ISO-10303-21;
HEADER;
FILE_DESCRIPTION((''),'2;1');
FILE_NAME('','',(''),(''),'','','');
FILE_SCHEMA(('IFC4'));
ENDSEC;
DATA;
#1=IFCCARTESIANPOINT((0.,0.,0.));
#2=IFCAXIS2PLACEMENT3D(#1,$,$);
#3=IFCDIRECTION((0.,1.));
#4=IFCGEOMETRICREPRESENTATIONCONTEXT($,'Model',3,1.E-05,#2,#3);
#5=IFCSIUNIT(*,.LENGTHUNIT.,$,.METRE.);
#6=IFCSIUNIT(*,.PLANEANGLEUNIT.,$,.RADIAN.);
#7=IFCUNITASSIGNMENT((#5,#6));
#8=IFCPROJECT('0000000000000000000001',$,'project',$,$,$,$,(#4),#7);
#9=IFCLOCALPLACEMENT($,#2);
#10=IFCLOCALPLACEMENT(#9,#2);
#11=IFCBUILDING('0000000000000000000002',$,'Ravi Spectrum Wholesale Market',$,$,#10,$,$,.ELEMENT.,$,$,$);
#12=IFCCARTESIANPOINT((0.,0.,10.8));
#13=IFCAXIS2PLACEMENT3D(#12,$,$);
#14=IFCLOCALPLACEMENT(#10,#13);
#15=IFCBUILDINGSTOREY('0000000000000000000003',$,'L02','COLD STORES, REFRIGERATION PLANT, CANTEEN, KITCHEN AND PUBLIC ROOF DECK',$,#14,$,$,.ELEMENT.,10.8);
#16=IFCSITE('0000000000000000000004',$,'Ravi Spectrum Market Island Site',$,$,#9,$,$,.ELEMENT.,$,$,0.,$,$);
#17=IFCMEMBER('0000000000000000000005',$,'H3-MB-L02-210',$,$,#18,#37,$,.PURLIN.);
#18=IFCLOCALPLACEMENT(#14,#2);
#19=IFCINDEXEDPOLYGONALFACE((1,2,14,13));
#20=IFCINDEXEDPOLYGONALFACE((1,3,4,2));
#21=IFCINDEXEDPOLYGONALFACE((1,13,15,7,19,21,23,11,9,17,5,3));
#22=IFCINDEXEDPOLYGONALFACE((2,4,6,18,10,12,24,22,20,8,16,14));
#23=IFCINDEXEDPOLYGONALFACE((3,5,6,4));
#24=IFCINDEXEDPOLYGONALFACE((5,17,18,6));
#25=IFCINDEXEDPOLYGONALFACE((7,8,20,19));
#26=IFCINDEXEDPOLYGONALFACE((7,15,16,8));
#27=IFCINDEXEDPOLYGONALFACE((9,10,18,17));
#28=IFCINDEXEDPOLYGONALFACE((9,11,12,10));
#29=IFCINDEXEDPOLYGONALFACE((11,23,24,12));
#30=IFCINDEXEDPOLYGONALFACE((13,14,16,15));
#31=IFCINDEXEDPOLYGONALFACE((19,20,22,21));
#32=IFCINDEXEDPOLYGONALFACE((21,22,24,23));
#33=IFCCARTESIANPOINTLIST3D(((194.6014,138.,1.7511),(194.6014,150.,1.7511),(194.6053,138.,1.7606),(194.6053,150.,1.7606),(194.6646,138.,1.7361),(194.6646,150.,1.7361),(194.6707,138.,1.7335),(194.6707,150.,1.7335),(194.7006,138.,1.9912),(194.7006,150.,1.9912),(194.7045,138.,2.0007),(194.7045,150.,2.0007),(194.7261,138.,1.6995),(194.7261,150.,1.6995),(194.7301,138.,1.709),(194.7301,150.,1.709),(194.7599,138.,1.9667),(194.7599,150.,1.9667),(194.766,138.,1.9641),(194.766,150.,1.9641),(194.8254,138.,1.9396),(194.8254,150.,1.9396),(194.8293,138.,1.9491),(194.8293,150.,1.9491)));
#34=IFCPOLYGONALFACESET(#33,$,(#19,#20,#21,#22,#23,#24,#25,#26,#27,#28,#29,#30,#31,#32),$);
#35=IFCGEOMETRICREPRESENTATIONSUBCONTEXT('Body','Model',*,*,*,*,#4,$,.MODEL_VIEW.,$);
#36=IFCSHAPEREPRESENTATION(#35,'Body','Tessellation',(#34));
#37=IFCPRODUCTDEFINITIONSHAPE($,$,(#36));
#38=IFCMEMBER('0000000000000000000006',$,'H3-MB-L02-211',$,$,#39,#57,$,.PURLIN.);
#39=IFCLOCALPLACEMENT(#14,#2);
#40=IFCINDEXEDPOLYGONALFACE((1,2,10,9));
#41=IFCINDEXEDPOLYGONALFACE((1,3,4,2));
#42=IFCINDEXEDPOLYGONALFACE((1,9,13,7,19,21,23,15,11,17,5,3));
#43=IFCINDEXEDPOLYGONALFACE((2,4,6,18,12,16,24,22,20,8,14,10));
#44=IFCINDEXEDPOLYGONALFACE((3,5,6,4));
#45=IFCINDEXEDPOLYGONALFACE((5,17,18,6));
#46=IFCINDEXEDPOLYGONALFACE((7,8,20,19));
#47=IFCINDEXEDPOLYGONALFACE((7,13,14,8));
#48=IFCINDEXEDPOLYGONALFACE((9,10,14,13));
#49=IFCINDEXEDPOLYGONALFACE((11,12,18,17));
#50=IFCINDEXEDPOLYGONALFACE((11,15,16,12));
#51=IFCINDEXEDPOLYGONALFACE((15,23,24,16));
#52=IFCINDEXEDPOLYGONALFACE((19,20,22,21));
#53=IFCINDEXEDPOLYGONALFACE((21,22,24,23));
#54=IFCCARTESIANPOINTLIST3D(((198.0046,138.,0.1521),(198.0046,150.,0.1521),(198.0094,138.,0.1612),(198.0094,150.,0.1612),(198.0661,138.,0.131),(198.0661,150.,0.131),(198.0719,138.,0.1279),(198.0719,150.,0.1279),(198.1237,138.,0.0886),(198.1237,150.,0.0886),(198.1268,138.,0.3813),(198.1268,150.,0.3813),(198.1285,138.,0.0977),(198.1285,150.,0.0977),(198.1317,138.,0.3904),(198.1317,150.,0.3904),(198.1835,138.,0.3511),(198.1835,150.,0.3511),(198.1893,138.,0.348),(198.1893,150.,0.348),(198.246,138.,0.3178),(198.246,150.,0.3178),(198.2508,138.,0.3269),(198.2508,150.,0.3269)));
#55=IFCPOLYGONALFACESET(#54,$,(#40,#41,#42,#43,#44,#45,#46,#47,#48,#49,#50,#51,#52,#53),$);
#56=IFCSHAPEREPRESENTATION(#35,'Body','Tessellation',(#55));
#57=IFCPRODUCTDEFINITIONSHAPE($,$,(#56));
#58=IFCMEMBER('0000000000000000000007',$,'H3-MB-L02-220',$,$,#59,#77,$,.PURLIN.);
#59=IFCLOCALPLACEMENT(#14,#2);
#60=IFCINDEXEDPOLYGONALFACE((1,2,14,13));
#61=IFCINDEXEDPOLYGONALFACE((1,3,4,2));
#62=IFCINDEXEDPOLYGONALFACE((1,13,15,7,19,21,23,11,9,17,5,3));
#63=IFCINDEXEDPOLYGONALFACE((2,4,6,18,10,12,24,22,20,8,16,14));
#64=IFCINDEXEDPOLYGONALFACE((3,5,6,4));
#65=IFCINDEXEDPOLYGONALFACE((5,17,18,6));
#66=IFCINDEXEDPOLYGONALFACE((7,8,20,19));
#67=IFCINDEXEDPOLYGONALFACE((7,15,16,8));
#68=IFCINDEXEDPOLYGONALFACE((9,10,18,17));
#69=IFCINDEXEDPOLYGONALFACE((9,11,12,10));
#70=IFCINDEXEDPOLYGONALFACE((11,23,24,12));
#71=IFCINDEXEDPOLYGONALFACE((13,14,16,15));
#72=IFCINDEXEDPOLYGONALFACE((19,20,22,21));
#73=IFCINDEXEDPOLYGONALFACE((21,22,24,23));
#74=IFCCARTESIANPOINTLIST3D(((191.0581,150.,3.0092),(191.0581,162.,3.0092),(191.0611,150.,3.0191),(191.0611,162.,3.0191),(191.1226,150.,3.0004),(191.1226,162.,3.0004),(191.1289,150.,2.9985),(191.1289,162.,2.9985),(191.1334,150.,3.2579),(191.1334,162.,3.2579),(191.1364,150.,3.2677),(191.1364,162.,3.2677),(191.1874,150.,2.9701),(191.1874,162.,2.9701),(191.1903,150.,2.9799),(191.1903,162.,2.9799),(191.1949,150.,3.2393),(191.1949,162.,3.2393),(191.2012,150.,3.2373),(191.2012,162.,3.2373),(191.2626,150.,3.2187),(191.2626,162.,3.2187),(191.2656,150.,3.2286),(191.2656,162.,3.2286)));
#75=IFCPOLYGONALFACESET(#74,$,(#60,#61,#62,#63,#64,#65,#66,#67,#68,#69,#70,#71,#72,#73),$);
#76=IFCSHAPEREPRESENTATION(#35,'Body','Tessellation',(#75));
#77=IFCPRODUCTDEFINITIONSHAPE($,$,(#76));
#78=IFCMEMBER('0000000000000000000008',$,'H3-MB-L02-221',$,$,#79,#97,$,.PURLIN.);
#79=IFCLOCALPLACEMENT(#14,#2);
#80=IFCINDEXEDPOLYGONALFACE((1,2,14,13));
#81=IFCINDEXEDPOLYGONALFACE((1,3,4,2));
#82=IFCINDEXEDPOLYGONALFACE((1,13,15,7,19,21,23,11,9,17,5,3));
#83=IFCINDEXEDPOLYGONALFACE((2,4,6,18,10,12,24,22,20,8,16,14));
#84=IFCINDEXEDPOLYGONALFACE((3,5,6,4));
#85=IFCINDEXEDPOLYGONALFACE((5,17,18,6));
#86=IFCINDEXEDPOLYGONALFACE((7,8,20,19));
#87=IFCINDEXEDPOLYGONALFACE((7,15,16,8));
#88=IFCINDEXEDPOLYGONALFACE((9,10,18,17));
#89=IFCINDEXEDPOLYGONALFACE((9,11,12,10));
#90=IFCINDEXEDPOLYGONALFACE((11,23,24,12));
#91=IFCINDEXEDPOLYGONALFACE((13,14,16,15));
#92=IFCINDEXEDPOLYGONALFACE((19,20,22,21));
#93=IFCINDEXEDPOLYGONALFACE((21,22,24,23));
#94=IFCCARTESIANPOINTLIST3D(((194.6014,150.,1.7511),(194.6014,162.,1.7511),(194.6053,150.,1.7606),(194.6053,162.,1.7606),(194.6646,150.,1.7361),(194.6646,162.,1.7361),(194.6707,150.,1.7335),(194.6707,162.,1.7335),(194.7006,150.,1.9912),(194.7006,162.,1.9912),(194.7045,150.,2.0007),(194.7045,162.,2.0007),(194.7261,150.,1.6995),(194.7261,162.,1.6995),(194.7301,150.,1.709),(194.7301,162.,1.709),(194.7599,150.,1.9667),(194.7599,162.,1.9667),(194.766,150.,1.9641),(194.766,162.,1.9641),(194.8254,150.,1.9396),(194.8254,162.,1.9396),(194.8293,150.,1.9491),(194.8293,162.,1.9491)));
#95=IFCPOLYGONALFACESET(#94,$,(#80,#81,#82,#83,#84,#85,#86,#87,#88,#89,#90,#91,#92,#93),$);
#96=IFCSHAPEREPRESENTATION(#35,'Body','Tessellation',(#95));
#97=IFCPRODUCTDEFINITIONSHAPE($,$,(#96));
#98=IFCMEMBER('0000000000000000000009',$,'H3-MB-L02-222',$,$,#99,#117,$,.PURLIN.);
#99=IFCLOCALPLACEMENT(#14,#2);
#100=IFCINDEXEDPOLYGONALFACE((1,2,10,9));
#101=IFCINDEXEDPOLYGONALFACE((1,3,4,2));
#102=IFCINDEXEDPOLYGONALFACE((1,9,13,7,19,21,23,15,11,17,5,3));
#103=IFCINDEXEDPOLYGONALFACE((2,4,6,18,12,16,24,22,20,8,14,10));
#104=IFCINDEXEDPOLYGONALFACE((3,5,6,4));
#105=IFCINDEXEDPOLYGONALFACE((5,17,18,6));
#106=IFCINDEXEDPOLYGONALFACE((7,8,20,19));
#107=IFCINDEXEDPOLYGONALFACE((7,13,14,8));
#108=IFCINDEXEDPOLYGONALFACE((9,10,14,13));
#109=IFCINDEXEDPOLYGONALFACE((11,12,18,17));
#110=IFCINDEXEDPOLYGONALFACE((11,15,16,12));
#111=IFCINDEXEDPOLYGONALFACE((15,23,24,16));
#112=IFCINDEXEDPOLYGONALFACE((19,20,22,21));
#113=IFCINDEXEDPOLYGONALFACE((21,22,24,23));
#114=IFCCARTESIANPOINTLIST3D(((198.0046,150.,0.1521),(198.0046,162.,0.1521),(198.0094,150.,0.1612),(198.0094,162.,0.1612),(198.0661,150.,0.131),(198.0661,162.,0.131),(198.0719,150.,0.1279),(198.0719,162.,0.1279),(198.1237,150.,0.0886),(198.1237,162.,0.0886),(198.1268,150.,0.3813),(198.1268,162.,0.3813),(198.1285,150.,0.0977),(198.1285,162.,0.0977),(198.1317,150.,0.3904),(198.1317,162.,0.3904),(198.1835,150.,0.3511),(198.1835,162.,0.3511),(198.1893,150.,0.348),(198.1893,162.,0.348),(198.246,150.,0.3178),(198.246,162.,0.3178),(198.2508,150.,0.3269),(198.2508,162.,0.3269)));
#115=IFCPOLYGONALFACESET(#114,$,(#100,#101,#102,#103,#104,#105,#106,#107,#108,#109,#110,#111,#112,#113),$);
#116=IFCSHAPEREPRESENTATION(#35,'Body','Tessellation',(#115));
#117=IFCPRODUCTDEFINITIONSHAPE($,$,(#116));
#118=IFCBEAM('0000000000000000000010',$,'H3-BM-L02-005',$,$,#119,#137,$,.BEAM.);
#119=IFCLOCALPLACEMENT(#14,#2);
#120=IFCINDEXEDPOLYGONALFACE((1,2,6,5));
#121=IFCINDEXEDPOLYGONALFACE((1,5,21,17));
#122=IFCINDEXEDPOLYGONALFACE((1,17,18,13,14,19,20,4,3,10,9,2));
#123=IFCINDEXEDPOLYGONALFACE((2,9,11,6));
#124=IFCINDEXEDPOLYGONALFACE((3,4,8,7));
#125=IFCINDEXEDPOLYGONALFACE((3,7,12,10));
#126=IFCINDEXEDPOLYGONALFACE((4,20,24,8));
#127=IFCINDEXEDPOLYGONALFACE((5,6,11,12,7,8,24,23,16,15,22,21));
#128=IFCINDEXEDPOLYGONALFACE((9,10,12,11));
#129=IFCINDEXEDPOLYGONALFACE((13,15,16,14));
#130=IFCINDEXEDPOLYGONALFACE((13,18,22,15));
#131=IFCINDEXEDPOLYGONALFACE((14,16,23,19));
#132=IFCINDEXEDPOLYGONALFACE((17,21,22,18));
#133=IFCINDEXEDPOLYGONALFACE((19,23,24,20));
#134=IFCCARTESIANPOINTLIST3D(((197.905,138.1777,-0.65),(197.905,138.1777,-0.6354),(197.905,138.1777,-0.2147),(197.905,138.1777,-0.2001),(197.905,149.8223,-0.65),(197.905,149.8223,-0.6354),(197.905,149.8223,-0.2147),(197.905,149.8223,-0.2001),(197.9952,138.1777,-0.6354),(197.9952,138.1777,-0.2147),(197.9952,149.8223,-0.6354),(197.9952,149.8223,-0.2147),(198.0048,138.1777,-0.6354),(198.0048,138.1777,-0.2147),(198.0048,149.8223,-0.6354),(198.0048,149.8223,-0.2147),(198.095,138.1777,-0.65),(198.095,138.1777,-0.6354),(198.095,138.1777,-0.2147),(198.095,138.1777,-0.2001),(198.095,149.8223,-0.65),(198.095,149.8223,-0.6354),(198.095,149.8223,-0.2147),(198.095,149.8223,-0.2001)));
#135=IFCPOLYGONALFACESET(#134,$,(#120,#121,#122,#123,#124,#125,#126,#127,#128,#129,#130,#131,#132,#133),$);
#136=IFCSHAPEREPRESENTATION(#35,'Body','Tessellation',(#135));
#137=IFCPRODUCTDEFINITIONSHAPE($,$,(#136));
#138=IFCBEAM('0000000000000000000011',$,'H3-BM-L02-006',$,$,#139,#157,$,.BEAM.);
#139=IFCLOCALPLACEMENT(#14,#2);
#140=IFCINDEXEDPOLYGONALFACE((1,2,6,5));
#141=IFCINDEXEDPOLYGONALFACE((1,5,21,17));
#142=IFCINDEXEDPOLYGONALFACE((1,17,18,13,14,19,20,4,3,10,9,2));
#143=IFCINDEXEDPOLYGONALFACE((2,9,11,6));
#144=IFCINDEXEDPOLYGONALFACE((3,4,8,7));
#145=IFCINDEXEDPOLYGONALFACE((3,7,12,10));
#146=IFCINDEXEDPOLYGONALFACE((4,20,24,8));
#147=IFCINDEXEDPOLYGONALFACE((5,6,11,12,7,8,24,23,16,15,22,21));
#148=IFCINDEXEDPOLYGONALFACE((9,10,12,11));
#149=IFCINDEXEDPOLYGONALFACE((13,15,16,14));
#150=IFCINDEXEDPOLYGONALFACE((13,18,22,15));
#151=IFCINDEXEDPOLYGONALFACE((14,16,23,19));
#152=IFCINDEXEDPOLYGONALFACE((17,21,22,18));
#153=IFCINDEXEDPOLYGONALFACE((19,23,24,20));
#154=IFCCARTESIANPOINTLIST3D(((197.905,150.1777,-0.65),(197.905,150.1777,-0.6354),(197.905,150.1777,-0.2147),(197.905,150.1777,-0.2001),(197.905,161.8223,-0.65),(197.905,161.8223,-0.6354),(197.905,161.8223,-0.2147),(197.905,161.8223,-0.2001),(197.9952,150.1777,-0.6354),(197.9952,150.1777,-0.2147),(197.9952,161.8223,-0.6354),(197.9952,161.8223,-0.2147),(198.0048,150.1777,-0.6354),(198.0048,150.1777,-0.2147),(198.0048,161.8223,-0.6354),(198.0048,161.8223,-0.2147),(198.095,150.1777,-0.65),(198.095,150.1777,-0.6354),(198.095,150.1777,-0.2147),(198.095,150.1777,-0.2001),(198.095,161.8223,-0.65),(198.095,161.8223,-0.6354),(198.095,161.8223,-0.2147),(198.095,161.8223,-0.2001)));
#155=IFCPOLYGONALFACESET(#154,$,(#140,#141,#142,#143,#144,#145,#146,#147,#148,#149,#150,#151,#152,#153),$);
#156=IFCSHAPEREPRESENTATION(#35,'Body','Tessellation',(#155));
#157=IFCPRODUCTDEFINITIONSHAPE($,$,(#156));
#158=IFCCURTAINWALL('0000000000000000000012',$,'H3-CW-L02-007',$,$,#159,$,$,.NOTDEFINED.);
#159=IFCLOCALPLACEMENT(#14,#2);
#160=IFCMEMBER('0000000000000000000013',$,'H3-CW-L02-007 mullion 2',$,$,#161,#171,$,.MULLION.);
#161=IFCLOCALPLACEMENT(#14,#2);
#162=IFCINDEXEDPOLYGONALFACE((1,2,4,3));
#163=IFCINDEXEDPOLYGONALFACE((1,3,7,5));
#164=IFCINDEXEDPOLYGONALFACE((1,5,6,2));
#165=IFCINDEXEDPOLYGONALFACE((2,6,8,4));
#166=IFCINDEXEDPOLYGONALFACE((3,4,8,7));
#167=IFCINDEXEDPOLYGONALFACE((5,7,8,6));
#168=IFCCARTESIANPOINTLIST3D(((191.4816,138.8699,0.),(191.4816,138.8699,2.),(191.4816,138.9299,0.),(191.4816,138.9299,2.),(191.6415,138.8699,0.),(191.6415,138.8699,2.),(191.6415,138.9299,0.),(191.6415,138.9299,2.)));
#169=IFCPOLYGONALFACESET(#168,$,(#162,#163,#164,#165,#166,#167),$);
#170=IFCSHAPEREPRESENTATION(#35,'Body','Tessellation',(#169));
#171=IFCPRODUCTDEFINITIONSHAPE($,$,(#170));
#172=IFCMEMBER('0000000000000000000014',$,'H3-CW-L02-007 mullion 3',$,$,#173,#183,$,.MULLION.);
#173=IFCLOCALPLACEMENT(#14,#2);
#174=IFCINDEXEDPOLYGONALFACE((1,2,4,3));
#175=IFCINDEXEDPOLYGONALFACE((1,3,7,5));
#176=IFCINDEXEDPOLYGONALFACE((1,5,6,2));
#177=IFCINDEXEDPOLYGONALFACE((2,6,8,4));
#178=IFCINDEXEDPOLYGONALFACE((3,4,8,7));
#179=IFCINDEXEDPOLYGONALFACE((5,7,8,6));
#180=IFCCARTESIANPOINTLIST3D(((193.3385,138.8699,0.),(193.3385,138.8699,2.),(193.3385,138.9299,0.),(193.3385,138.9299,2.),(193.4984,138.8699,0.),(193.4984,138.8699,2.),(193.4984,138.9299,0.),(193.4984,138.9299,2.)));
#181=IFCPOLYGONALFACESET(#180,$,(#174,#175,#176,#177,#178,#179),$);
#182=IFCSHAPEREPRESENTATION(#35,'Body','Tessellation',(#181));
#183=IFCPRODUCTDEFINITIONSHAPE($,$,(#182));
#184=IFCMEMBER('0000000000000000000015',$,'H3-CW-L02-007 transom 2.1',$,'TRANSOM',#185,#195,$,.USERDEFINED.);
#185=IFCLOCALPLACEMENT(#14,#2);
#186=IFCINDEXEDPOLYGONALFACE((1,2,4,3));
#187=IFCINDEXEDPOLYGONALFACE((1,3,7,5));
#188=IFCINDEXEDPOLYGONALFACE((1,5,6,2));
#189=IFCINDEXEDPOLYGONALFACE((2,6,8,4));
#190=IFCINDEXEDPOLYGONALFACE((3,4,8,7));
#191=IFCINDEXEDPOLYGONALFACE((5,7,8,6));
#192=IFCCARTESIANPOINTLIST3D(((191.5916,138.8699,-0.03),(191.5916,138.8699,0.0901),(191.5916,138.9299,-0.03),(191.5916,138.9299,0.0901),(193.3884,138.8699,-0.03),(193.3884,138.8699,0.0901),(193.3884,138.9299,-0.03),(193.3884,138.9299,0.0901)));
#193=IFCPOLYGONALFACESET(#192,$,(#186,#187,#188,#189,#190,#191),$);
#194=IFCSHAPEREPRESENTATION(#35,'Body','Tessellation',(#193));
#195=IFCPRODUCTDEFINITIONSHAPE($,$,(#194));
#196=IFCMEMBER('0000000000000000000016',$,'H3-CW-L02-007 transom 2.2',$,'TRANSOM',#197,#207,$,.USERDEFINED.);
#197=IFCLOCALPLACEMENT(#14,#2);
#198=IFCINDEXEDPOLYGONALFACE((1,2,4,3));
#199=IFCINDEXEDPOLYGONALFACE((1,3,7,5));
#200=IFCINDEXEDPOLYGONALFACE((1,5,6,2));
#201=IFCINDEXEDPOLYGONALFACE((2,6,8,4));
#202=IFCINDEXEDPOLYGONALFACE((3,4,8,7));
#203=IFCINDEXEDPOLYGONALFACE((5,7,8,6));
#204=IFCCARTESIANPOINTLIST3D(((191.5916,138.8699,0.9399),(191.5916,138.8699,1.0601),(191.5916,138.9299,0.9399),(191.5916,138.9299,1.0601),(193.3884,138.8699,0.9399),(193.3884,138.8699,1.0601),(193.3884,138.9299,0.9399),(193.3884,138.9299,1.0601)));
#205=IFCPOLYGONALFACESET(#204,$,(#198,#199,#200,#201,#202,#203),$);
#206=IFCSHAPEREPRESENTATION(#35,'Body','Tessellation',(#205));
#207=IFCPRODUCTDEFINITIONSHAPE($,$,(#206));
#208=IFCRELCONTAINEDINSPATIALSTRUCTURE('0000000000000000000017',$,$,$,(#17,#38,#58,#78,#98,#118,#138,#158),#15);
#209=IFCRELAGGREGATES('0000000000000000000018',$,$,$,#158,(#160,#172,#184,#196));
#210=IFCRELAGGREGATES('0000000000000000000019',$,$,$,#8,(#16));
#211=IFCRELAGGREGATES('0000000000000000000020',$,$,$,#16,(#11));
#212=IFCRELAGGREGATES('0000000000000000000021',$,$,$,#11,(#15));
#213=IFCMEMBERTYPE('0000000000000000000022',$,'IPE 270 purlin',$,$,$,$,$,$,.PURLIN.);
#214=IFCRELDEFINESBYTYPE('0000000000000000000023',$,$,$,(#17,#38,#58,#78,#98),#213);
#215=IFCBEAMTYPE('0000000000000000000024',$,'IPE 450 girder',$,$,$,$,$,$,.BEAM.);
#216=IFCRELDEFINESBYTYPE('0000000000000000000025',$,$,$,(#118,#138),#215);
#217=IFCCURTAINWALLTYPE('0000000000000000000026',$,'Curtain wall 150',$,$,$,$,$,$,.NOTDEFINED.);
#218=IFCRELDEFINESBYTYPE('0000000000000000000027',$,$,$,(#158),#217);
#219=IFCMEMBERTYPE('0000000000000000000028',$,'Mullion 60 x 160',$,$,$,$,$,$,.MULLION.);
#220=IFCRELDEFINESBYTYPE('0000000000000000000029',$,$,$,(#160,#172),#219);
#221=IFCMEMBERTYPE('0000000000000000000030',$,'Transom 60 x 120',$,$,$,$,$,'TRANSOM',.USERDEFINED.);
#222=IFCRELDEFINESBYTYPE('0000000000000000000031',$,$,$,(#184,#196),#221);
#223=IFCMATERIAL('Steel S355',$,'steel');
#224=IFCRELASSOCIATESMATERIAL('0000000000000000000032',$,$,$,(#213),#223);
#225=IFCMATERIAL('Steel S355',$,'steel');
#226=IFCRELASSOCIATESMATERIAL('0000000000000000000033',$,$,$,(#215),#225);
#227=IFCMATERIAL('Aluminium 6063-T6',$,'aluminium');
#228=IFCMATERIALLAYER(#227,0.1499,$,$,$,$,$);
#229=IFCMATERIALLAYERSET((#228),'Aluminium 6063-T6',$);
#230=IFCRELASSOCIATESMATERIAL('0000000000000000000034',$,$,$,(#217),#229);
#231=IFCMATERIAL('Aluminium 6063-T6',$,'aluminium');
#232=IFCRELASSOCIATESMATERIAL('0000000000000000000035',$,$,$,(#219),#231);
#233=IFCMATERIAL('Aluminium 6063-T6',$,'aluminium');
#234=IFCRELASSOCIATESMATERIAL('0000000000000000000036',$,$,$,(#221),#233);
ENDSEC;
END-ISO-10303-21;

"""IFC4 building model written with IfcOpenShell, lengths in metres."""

from ifc_helpers import new_model, si_unit, direction, frame, origin, origin_2d, place, context, subcontext, project, spatial, rectangle, i_section, extrude, material, layer, layer_set, material_profile, profile_set, type_object, element, aggregate, save


model = new_model("IFC4")

# Units and contexts
model_context = context("Model", 3, precision=1e-05, world=origin(), true_north=direction((0.0, 1.0)))
body_context = subcontext(model_context, "Body", "Model", "MODEL_VIEW")
ifc_project = project(units=[si_unit("LENGTHUNIT", "METRE"), si_unit("PLANEANGLEUNIT", "RADIAN")], contexts=[model_context])

# Site, building, storey
site_placement = place(None, origin())
site = spatial("IfcSite", under=ifc_project, at=site_placement, Name="Ravi Spectrum Market Island Site", CompositionType="ELEMENT", RefElevation=0.0)
building_placement = place(site_placement, origin())
building = spatial("IfcBuilding", under=site, at=building_placement, Name="Ravi Spectrum Wholesale Market", CompositionType="ELEMENT")
storey_placement = place(building_placement, frame((0.0, 0.0, 10.8)))
storey = spatial("IfcBuildingStorey", under=building, at=storey_placement, Name="L02", Description="COLD STORES, REFRIGERATION PLANT, CANTEEN, KITCHEN AND PUBLIC ROOF DECK", CompositionType="ELEMENT", Elevation=10.8)

# Members
ifc_material_1 = material(Name="Steel S355", Category="steel")
ifc_material_profile_1 = material_profile(ifc_material_1, i_section(OverallWidth=0.135, OverallDepth=0.27, WebThickness=0.0066, FlangeThickness=0.0103, at=origin_2d()))
ifc_profile_set_1 = profile_set([ifc_material_profile_1], Name="Steel S355")
member_type_1 = type_object("IfcMemberType", Name="IPE 270 purlin", PredefinedType="PURLIN", material=ifc_profile_set_1)
for number, where, z_axis, x_axis, name in (
    (1, (194.7153, 138.0, 1.8501), (0.0, 1.0, 0.0), (-0.92416, 0.0, 0.382006), "H3-MB-L02-210"),
    (2, (198.1277, 138.0, 0.2395), (0.0, 1.0, 0.0), (-0.882353, 0.0, 0.470588), "H3-MB-L02-211"),
    (3, (191.1619, 150.0, 3.1189), (0.0, 1.0, 0.0), (-0.9571, 0.0, 0.289758), "H3-MB-L02-220"),
    (4, (194.7153, 150.0, 1.8501), (0.0, 1.0, 0.0), (-0.92416, 0.0, 0.382006), "H3-MB-L02-221"),
    (5, (198.1277, 150.0, 0.2395), (0.0, 1.0, 0.0), (-0.882353, 0.0, 0.470588), "H3-MB-L02-222"),
):
    element("IfcMember", number, at=place(storey_placement, frame(where, z_axis=z_axis, x_axis=x_axis)), inside=storey, type_object=member_type_1, Name=name, PredefinedType="PURLIN", context=body_context, shape_type="SweptSolid", body=[
        extrude(i_section(OverallWidth=0.135, OverallDepth=0.27, WebThickness=0.0066, FlangeThickness=0.0103, at=origin_2d()), origin(), (0.0, 0.0, 1.0), 12.0),
    ])

# Beams
ifc_material_2 = material(Name="Steel S355", Category="steel")
ifc_material_profile_2 = material_profile(ifc_material_2, i_section(OverallWidth=0.1899, OverallDepth=0.45, WebThickness=0.0095, FlangeThickness=0.0146, at=origin_2d()))
ifc_profile_set_2 = profile_set([ifc_material_profile_2], Name="Steel S355")
beam_type = type_object("IfcBeamType", Name="IPE 450 girder", PredefinedType="BEAM", material=ifc_profile_set_2)
for number, where, z_axis, x_axis, name in (
    (6, (198.0, 138.1777, -0.425), (0.0, 1.0, 0.0), (-1.0, 0.0, 0.0), "H3-BM-L02-005"),
    (7, (198.0, 150.1777, -0.425), (0.0, 1.0, 0.0), (-1.0, 0.0, 0.0), "H3-BM-L02-006"),
):
    element("IfcBeam", number, at=place(storey_placement, frame(where, z_axis=z_axis, x_axis=x_axis)), inside=storey, type_object=beam_type, Name=name, PredefinedType="BEAM", context=body_context, shape_type="SweptSolid", body=[
        extrude(i_section(OverallWidth=0.1899, OverallDepth=0.45, WebThickness=0.0095, FlangeThickness=0.0146, at=origin_2d()), origin(), (0.0, 0.0, 1.0), 11.6445),
    ])

# Curtain wall, members
ifc_material_3 = material(Name="Aluminium 6063-T6", Category="aluminium")
ifc_layer_1 = layer(ifc_material_3, 0.1499)
ifc_layer_set_1 = layer_set([ifc_layer_1], Name="Aluminium 6063-T6")
curtain_wall_type = type_object("IfcCurtainWallType", Name="Curtain wall 150", PredefinedType="NOTDEFINED", material=ifc_layer_set_1)
curtain_wall_placement = place(storey_placement, origin())
curtain_wall = element("IfcCurtainWall", 8, at=curtain_wall_placement, inside=storey, type_object=curtain_wall_type, Name="H3-CW-L02-007", PredefinedType="NOTDEFINED")
ifc_material_4 = material(Name="Aluminium 6063-T6", Category="aluminium")
ifc_material_profile_3 = material_profile(ifc_material_4, rectangle(XDim=0.0601, YDim=0.1599, at=origin_2d()))
ifc_profile_set_3 = profile_set([ifc_material_profile_3], Name="Aluminium 6063-T6")
member_type_2 = type_object("IfcMemberType", Name="Mullion 60 x 160", PredefinedType="MULLION", material=ifc_profile_set_3)
member_1_placement = place(storey_placement, frame((191.5615, 138.8999, 0.0), z_axis=(0.0, 0.0, 1.0), x_axis=(0.0, 1.0, 0.0)))
member_1 = element("IfcMember", 9, at=member_1_placement, type_object=member_type_2, Name="H3-CW-L02-007 mullion 2", PredefinedType="MULLION", context=body_context, shape_type="SweptSolid", body=[
    extrude(rectangle(XDim=0.0601, YDim=0.1599, at=origin_2d()), origin(), (0.0, 0.0, 1.0), 2.0),
])
member_2_placement = place(storey_placement, frame((193.4185, 138.8999, 0.0), z_axis=(0.0, 0.0, 1.0), x_axis=(0.0, 1.0, 0.0)))
member_2 = element("IfcMember", 10, at=member_2_placement, type_object=member_type_2, Name="H3-CW-L02-007 mullion 3", PredefinedType="MULLION", context=body_context, shape_type="SweptSolid", body=[
    extrude(rectangle(XDim=0.0601, YDim=0.1599, at=origin_2d()), origin(), (0.0, 0.0, 1.0), 2.0),
])
ifc_material_5 = material(Name="Aluminium 6063-T6", Category="aluminium")
ifc_material_profile_4 = material_profile(ifc_material_5, rectangle(XDim=0.0601, YDim=0.1201, at=origin_2d()))
ifc_profile_set_4 = profile_set([ifc_material_profile_4], Name="Aluminium 6063-T6")
member_type_3 = type_object("IfcMemberType", Name="Transom 60 x 120", ElementType="TRANSOM", PredefinedType="USERDEFINED", material=ifc_profile_set_4)
member_3_placement = place(storey_placement, frame((191.5916, 138.8999, 0.03), z_axis=(1.0, 0.0, 0.0), x_axis=(0.0, 1.0, 0.0)))
member_3 = element("IfcMember", 11, at=member_3_placement, type_object=member_type_3, Name="H3-CW-L02-007 transom 2.1", ObjectType="TRANSOM", PredefinedType="USERDEFINED", context=body_context, shape_type="SweptSolid", body=[
    extrude(rectangle(XDim=0.0601, YDim=0.1201, at=origin_2d()), origin(), (0.0, 0.0, 1.0), 1.7969),
])
member_4_placement = place(storey_placement, frame((191.5916, 138.8999, 1.0), z_axis=(1.0, 0.0, 0.0), x_axis=(0.0, 1.0, 0.0)))
member_4 = element("IfcMember", 12, at=member_4_placement, type_object=member_type_3, Name="H3-CW-L02-007 transom 2.2", ObjectType="TRANSOM", PredefinedType="USERDEFINED", context=body_context, shape_type="SweptSolid", body=[
    extrude(rectangle(XDim=0.0601, YDim=0.1201, at=origin_2d()), origin(), (0.0, 0.0, 1.0), 1.7969),
])
aggregate(curtain_wall, [member_1, member_2, member_3, member_4])

save(model, "model.ifc")
